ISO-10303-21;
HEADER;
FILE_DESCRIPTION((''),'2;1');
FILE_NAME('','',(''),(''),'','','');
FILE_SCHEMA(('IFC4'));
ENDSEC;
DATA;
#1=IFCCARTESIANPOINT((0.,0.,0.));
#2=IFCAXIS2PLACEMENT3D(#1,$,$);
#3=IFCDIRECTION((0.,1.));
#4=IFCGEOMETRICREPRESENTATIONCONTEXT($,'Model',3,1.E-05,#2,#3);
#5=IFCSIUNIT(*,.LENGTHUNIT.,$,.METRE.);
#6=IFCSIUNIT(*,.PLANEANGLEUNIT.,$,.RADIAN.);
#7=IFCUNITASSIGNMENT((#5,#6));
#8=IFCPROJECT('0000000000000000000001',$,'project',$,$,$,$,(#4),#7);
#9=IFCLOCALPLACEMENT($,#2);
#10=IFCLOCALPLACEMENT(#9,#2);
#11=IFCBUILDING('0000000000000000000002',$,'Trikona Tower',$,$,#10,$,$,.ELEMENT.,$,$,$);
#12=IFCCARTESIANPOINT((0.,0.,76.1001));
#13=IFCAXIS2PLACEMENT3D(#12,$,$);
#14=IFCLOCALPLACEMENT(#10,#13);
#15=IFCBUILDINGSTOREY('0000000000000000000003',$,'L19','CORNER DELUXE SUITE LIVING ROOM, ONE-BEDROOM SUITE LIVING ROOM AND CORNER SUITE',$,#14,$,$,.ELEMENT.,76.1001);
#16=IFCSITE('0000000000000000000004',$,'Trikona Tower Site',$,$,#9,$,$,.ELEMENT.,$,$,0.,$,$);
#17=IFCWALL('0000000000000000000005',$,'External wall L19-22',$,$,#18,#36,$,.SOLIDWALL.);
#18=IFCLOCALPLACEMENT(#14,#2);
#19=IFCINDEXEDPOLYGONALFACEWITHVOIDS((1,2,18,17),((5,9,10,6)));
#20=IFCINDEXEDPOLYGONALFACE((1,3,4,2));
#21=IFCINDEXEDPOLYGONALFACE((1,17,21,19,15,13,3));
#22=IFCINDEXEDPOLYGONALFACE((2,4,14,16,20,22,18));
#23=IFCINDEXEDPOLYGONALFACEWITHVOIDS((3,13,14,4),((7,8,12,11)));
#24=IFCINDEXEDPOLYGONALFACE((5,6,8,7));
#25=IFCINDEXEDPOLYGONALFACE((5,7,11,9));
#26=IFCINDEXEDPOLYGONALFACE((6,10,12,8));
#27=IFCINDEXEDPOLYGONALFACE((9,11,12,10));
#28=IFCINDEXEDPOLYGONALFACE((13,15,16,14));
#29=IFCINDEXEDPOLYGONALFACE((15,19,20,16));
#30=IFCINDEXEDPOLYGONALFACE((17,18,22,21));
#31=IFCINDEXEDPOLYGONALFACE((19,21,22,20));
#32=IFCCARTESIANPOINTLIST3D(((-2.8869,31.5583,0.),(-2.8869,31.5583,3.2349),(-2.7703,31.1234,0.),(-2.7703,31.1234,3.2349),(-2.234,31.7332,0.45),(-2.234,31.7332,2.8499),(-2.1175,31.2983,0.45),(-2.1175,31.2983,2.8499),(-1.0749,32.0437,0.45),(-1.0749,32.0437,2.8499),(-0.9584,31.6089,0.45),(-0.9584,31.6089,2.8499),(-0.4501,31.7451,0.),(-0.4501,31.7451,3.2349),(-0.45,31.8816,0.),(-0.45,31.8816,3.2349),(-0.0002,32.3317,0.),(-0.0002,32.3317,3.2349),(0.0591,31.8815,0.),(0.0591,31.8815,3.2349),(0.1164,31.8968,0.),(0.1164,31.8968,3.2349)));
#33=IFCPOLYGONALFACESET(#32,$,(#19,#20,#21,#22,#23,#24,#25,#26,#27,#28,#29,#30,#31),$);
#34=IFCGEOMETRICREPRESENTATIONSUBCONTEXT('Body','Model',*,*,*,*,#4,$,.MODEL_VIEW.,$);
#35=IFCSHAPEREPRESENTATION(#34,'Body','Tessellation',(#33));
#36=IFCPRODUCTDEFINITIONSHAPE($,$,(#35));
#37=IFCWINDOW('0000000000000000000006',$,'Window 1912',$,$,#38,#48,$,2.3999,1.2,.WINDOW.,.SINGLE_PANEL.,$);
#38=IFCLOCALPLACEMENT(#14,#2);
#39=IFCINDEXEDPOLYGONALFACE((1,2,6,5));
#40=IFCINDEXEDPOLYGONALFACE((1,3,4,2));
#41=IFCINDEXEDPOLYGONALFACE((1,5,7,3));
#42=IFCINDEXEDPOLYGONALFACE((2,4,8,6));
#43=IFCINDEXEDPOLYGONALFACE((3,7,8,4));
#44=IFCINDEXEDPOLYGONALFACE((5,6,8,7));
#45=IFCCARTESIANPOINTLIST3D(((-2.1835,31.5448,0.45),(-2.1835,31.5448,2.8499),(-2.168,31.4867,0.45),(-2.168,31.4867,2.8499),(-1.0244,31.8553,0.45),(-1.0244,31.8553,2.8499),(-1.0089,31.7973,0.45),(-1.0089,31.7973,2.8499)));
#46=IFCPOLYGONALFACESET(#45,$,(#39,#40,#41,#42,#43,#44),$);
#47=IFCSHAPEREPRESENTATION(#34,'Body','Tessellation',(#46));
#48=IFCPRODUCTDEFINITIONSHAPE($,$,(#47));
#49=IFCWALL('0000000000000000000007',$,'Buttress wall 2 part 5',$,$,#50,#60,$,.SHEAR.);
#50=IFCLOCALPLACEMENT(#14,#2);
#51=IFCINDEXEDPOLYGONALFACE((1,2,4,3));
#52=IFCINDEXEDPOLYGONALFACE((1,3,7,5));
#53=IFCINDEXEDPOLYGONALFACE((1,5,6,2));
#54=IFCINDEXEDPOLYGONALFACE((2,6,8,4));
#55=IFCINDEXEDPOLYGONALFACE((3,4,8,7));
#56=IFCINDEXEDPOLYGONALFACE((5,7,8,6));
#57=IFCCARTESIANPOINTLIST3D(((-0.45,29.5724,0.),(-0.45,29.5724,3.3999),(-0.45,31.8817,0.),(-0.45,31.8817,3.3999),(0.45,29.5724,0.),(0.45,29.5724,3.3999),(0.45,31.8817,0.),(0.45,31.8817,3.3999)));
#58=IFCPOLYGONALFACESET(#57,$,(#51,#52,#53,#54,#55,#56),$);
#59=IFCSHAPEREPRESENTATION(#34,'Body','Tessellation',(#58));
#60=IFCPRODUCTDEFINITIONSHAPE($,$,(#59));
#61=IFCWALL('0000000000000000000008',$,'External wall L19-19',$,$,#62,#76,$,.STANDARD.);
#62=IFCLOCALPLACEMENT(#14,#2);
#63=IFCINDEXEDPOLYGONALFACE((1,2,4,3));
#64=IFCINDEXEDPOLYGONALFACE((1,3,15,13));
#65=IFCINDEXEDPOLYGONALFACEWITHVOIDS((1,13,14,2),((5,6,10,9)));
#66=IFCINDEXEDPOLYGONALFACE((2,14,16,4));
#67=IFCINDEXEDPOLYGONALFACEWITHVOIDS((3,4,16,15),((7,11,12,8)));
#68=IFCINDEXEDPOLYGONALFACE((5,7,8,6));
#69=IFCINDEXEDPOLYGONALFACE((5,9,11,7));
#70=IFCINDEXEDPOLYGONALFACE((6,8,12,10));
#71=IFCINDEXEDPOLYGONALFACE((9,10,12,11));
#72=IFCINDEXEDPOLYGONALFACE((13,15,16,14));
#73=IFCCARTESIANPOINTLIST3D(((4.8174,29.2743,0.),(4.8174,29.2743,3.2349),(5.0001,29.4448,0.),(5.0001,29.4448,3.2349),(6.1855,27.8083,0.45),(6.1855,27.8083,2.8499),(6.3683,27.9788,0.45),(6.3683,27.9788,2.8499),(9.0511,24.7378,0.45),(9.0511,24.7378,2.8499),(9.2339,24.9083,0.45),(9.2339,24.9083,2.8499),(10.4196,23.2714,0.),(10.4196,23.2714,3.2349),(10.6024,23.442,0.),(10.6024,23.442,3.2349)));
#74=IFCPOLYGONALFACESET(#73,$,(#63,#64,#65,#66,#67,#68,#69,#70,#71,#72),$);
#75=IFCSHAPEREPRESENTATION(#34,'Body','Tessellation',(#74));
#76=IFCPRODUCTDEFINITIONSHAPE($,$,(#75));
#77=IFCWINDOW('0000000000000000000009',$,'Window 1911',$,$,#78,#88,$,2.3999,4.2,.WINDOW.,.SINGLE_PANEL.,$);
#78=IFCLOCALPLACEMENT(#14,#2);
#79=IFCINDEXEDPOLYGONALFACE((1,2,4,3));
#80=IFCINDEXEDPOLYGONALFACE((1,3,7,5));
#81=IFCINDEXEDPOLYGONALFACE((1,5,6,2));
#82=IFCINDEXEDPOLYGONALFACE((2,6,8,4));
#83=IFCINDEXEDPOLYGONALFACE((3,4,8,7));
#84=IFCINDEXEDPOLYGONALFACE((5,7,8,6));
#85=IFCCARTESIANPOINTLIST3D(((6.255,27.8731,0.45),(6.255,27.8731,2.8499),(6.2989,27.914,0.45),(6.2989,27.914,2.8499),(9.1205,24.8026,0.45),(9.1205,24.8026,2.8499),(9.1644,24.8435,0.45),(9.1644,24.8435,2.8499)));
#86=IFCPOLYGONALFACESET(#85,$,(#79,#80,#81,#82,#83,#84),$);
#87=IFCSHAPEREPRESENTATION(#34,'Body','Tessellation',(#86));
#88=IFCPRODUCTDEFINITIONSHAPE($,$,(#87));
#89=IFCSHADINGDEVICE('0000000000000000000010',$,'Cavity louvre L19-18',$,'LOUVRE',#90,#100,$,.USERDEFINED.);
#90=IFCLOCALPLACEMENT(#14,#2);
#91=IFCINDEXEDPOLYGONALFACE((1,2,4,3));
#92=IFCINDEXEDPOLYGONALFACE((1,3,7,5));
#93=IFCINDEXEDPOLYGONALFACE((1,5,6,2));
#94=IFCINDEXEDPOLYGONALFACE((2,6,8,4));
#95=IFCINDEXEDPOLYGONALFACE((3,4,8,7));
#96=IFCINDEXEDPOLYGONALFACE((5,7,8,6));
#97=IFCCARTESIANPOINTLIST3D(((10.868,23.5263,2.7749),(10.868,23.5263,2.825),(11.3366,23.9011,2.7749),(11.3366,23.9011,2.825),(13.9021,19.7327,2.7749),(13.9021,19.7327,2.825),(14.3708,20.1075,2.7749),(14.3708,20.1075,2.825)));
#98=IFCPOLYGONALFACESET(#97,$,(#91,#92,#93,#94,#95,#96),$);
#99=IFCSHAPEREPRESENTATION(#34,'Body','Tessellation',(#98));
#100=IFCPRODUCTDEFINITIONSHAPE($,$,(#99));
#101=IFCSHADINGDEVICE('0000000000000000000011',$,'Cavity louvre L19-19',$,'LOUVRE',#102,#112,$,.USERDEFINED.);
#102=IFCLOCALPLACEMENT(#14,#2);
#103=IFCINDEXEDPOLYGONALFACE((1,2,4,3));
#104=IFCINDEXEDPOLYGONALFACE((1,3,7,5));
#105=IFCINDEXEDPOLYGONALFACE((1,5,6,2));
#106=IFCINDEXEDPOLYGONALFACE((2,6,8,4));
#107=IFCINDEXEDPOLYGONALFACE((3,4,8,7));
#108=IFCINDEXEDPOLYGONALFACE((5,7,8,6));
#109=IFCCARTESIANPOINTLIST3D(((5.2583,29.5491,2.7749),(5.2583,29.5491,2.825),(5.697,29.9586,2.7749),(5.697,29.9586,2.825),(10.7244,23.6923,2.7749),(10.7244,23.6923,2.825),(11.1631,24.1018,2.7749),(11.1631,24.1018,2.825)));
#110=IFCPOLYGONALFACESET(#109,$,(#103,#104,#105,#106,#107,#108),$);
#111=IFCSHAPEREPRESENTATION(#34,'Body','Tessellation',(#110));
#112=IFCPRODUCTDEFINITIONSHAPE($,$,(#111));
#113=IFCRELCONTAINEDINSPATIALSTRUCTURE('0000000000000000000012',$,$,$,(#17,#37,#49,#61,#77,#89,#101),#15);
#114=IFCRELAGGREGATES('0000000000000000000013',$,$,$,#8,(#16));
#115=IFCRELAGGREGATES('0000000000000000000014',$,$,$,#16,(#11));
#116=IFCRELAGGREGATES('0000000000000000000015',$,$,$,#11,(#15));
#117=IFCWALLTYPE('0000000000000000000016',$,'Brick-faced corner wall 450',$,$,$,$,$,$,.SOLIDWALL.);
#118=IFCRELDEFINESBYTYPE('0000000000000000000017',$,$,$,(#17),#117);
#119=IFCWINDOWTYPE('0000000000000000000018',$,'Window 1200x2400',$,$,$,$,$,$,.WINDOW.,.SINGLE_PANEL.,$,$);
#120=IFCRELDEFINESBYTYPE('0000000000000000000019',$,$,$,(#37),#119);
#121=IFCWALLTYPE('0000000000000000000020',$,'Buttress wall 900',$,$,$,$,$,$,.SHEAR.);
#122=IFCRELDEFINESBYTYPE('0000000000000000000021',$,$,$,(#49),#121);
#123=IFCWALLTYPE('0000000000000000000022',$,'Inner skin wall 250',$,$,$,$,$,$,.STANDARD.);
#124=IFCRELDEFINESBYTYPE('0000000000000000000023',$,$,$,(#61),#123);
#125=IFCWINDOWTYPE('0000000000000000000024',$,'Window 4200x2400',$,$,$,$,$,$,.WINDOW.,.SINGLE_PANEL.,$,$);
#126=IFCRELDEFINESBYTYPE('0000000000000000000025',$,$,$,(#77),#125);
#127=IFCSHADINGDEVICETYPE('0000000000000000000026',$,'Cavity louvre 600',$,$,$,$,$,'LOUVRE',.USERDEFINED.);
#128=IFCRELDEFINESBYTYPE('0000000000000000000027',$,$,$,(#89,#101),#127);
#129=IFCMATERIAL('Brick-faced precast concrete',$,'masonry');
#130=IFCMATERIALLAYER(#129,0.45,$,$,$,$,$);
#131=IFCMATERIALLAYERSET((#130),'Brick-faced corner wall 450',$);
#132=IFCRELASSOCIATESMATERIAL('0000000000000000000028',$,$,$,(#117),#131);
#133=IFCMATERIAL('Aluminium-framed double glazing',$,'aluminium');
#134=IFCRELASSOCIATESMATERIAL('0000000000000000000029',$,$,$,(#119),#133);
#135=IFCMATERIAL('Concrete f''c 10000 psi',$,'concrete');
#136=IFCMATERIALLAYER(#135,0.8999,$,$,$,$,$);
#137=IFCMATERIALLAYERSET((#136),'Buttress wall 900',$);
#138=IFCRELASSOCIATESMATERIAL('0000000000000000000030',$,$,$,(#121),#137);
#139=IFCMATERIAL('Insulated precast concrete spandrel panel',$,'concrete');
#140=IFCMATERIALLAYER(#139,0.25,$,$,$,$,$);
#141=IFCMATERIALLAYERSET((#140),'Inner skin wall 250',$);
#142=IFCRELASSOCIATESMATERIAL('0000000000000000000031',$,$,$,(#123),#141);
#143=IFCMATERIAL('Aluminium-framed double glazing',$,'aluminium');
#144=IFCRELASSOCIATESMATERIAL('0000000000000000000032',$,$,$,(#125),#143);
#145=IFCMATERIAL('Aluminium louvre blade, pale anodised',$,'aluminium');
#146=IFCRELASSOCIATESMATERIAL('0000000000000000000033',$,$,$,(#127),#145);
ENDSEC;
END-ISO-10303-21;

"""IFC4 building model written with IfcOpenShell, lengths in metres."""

from ifc_helpers import new_model, si_unit, direction, frame, frame_2d, origin, origin_2d, place, context, subcontext, project, spatial, polyline, rectangle, outline, extrude, material, layer, layer_set, type_object, element, fill, save


model = new_model("IFC4")

# Units and contexts
model_context = context("Model", 3, precision=1e-05, world=origin(), true_north=direction((0.0, 1.0)))
body_context = subcontext(model_context, "Body", "Model", "MODEL_VIEW")
ifc_project = project(units=[si_unit("LENGTHUNIT", "METRE"), si_unit("PLANEANGLEUNIT", "RADIAN")], contexts=[model_context])

# Site, building, storey
site_placement = place(None, origin())
site = spatial("IfcSite", under=ifc_project, at=site_placement, Name="Trikona Tower Site", CompositionType="ELEMENT", RefElevation=0.0)
building_placement = place(site_placement, origin())
building = spatial("IfcBuilding", under=site, at=building_placement, Name="Trikona Tower", CompositionType="ELEMENT")
storey_placement = place(building_placement, frame((0.0, 0.0, 76.1001)))
storey = spatial("IfcBuildingStorey", under=building, at=storey_placement, Name="L19", Description="CORNER DELUXE SUITE LIVING ROOM, ONE-BEDROOM SUITE LIVING ROOM AND CORNER SUITE", CompositionType="ELEMENT", Elevation=76.1001)

# Wall, opening, window
ifc_material_1 = material(Name="Brick-faced precast concrete", Category="masonry")
ifc_layer_1 = layer(ifc_material_1, 0.45)
ifc_layer_set_1 = layer_set([ifc_layer_1], Name="Brick-faced corner wall 450")
wall_type_1 = type_object("IfcWallType", Name="Brick-faced corner wall 450", PredefinedType="SOLIDWALL", material=ifc_layer_set_1)
ifc_material_2 = material(Name="Aluminium-framed double glazing", Category="aluminium")
window_type_1 = type_object("IfcWindowType", Name="Window 1200x2400", PartitioningType="SINGLE_PANEL", PredefinedType="WINDOW", material=ifc_material_2)
wall_1_placement = place(storey_placement, frame((0.0581, 32.1143, 0.0), z_axis=(0.0, 0.0, 1.0), x_axis=(-0.965931, -0.258801, 0.0)))
wall_1 = element("IfcWall", 1, at=wall_1_placement, inside=storey, type_object=wall_type_1, Name="External wall L19-22", PredefinedType="SOLIDWALL", context=body_context, shape_type="SweptSolid", body=[
    extrude(outline(polyline([(2.9885, 0.2251), (0.5864, 0.2251), (0.551, 0.0933), (0.0593, 0.2251), (0.0, 0.2251), (0.0, -0.2251), (2.9885, -0.2251), (2.9885, 0.2251)])), origin(), (0.0, 0.0, 1.0), 3.2349),
])
opening_1_placement = place(wall_1_placement, frame((1.1125, 0.0, 0.45)))
opening_1 = element("IfcOpeningElement", 2, at=opening_1_placement, cuts=wall_1, PredefinedType="OPENING", context=body_context, shape_type="SweptSolid", body=[
    extrude(rectangle(XDim=1.2, YDim=2.3999, at=frame_2d((0.6001, 1.2))), frame((0.0, 0.2349, 0.0), z_axis=(0.0, -1.0, 0.0), x_axis=(1.0, 0.0, 0.0)), (0.0, 0.0, 1.0), 0.47),
])
window_1_placement = place(opening_1_placement, origin())
window_1 = element("IfcWindow", 3, at=window_1_placement, inside=storey, type_object=window_type_1, Name="Window 1912", OverallHeight=2.3999, OverallWidth=1.2, PartitioningType="SINGLE_PANEL", PredefinedType="WINDOW", context=body_context, shape_type="SweptSolid", body=[
    extrude(rectangle(XDim=1.2, YDim=2.3999, at=frame_2d((0.6001, 1.2))), frame((0.0, 0.03, 0.0), z_axis=(0.0, -1.0, 0.0), x_axis=(1.0, 0.0, 0.0)), (0.0, 0.0, 1.0), 0.0601),
])
fill(opening_1, window_1)

# Wall
ifc_material_3 = material(Name="Concrete f'c 10000 psi", Category="concrete")
ifc_layer_2 = layer(ifc_material_3, 0.8999)
ifc_layer_set_2 = layer_set([ifc_layer_2], Name="Buttress wall 900")
wall_type_2 = type_object("IfcWallType", Name="Buttress wall 900", PredefinedType="SHEAR", material=ifc_layer_set_2)
wall_2_placement = place(storey_placement, frame((0.0, 29.5723, 0.0), z_axis=(0.0, 0.0, 1.0), x_axis=(0.0, 1.0, 0.0)))
element("IfcWall", 4, at=wall_2_placement, inside=storey, type_object=wall_type_2, Name="Buttress wall 2 part 5", PredefinedType="SHEAR", context=body_context, shape_type="SweptSolid", body=[
    extrude(rectangle(XDim=2.3093, YDim=0.8999, at=frame_2d((1.1548, 0.0))), origin(), (0.0, 0.0, 1.0), 3.3999),
])

# Wall, opening, window
ifc_material_4 = material(Name="Insulated precast concrete spandrel panel", Category="concrete")
ifc_layer_3 = layer(ifc_material_4, 0.25)
ifc_layer_set_3 = layer_set([ifc_layer_3], Name="Inner skin wall 250")
wall_type_3 = type_object("IfcWallType", Name="Inner skin wall 250", PredefinedType="STANDARD", material=ifc_layer_set_3)
wall_3_placement = place(storey_placement, frame((10.511, 23.3567, 0.0), z_axis=(0.0, 0.0, 1.0), x_axis=(-0.68229, 0.731082, 0.0)))
wall_3 = element("IfcWall", 5, at=wall_3_placement, inside=storey, type_object=wall_type_3, Name="External wall L19-19", PredefinedType="STANDARD", context=body_context, shape_type="SweptSolid", body=[
    extrude(rectangle(XDim=8.2109, YDim=0.25, at=frame_2d((4.1055, 0.0))), origin(), (0.0, 0.0, 1.0), 3.2349),
])
opening_2_placement = place(wall_3_placement, frame((2.0056, 0.0, 0.45)))
opening_2 = element("IfcOpeningElement", 6, at=opening_2_placement, cuts=wall_3, PredefinedType="OPENING", context=body_context, shape_type="SweptSolid", body=[
    extrude(rectangle(XDim=4.2, YDim=2.3999, at=frame_2d((2.1001, 1.2))), frame((0.0, 0.135, 0.0), z_axis=(0.0, -1.0, 0.0), x_axis=(1.0, 0.0, 0.0)), (0.0, 0.0, 1.0), 0.27),
])
ifc_material_5 = material(Name="Aluminium-framed double glazing", Category="aluminium")
window_type_2 = type_object("IfcWindowType", Name="Window 4200x2400", PartitioningType="SINGLE_PANEL", PredefinedType="WINDOW", material=ifc_material_5)
window_2_placement = place(opening_2_placement, origin())
window_2 = element("IfcWindow", 7, at=window_2_placement, inside=storey, type_object=window_type_2, Name="Window 1911", OverallHeight=2.3999, OverallWidth=4.2, PartitioningType="SINGLE_PANEL", PredefinedType="WINDOW", context=body_context, shape_type="SweptSolid", body=[
    extrude(rectangle(XDim=4.2, YDim=2.3999, at=frame_2d((2.1001, 1.2))), frame((0.0, 0.03, 0.0), z_axis=(0.0, -1.0, 0.0), x_axis=(1.0, 0.0, 0.0)), (0.0, 0.0, 1.0), 0.0601),
])
fill(opening_2, window_2)

# Shading devices
ifc_material_6 = material(Name="Aluminium louvre blade, pale anodised", Category="aluminium")
shading_device_type = type_object("IfcShadingDeviceType", Name="Cavity louvre 600", ElementType="LOUVRE", PredefinedType="USERDEFINED", material=ifc_material_6)
shading_device_1_placement = place(storey_placement, frame((12.6194, 21.8169, 2.7749), z_axis=(0.0, 0.0, 1.0), x_axis=(-0.624604, 0.780942, 0.0)))
element("IfcShadingDevice", 8, at=shading_device_1_placement, inside=storey, type_object=shading_device_type, Name="Cavity louvre L19-18", ObjectType="LOUVRE", PredefinedType="USERDEFINED", context=body_context, shape_type="SweptSolid", body=[
    extrude(rectangle(XDim=4.8577, YDim=0.6001, at=origin_2d()), origin(), (0.0, 0.0, 1.0), 0.05),
])
shading_device_2_placement = place(storey_placement, frame((8.2107, 26.8254, 2.7749), z_axis=(0.0, 0.0, 1.0), x_axis=(-0.682298, 0.731074, 0.0)))
element("IfcShadingDevice", 9, at=shading_device_2_placement, inside=storey, type_object=shading_device_type, Name="Cavity louvre L19-19", ObjectType="LOUVRE", PredefinedType="USERDEFINED", context=body_context, shape_type="SweptSolid", body=[
    extrude(rectangle(XDim=8.0112, YDim=0.6001, at=origin_2d()), origin(), (0.0, 0.0, 1.0), 0.05),
])

save(model, "model.ifc")
